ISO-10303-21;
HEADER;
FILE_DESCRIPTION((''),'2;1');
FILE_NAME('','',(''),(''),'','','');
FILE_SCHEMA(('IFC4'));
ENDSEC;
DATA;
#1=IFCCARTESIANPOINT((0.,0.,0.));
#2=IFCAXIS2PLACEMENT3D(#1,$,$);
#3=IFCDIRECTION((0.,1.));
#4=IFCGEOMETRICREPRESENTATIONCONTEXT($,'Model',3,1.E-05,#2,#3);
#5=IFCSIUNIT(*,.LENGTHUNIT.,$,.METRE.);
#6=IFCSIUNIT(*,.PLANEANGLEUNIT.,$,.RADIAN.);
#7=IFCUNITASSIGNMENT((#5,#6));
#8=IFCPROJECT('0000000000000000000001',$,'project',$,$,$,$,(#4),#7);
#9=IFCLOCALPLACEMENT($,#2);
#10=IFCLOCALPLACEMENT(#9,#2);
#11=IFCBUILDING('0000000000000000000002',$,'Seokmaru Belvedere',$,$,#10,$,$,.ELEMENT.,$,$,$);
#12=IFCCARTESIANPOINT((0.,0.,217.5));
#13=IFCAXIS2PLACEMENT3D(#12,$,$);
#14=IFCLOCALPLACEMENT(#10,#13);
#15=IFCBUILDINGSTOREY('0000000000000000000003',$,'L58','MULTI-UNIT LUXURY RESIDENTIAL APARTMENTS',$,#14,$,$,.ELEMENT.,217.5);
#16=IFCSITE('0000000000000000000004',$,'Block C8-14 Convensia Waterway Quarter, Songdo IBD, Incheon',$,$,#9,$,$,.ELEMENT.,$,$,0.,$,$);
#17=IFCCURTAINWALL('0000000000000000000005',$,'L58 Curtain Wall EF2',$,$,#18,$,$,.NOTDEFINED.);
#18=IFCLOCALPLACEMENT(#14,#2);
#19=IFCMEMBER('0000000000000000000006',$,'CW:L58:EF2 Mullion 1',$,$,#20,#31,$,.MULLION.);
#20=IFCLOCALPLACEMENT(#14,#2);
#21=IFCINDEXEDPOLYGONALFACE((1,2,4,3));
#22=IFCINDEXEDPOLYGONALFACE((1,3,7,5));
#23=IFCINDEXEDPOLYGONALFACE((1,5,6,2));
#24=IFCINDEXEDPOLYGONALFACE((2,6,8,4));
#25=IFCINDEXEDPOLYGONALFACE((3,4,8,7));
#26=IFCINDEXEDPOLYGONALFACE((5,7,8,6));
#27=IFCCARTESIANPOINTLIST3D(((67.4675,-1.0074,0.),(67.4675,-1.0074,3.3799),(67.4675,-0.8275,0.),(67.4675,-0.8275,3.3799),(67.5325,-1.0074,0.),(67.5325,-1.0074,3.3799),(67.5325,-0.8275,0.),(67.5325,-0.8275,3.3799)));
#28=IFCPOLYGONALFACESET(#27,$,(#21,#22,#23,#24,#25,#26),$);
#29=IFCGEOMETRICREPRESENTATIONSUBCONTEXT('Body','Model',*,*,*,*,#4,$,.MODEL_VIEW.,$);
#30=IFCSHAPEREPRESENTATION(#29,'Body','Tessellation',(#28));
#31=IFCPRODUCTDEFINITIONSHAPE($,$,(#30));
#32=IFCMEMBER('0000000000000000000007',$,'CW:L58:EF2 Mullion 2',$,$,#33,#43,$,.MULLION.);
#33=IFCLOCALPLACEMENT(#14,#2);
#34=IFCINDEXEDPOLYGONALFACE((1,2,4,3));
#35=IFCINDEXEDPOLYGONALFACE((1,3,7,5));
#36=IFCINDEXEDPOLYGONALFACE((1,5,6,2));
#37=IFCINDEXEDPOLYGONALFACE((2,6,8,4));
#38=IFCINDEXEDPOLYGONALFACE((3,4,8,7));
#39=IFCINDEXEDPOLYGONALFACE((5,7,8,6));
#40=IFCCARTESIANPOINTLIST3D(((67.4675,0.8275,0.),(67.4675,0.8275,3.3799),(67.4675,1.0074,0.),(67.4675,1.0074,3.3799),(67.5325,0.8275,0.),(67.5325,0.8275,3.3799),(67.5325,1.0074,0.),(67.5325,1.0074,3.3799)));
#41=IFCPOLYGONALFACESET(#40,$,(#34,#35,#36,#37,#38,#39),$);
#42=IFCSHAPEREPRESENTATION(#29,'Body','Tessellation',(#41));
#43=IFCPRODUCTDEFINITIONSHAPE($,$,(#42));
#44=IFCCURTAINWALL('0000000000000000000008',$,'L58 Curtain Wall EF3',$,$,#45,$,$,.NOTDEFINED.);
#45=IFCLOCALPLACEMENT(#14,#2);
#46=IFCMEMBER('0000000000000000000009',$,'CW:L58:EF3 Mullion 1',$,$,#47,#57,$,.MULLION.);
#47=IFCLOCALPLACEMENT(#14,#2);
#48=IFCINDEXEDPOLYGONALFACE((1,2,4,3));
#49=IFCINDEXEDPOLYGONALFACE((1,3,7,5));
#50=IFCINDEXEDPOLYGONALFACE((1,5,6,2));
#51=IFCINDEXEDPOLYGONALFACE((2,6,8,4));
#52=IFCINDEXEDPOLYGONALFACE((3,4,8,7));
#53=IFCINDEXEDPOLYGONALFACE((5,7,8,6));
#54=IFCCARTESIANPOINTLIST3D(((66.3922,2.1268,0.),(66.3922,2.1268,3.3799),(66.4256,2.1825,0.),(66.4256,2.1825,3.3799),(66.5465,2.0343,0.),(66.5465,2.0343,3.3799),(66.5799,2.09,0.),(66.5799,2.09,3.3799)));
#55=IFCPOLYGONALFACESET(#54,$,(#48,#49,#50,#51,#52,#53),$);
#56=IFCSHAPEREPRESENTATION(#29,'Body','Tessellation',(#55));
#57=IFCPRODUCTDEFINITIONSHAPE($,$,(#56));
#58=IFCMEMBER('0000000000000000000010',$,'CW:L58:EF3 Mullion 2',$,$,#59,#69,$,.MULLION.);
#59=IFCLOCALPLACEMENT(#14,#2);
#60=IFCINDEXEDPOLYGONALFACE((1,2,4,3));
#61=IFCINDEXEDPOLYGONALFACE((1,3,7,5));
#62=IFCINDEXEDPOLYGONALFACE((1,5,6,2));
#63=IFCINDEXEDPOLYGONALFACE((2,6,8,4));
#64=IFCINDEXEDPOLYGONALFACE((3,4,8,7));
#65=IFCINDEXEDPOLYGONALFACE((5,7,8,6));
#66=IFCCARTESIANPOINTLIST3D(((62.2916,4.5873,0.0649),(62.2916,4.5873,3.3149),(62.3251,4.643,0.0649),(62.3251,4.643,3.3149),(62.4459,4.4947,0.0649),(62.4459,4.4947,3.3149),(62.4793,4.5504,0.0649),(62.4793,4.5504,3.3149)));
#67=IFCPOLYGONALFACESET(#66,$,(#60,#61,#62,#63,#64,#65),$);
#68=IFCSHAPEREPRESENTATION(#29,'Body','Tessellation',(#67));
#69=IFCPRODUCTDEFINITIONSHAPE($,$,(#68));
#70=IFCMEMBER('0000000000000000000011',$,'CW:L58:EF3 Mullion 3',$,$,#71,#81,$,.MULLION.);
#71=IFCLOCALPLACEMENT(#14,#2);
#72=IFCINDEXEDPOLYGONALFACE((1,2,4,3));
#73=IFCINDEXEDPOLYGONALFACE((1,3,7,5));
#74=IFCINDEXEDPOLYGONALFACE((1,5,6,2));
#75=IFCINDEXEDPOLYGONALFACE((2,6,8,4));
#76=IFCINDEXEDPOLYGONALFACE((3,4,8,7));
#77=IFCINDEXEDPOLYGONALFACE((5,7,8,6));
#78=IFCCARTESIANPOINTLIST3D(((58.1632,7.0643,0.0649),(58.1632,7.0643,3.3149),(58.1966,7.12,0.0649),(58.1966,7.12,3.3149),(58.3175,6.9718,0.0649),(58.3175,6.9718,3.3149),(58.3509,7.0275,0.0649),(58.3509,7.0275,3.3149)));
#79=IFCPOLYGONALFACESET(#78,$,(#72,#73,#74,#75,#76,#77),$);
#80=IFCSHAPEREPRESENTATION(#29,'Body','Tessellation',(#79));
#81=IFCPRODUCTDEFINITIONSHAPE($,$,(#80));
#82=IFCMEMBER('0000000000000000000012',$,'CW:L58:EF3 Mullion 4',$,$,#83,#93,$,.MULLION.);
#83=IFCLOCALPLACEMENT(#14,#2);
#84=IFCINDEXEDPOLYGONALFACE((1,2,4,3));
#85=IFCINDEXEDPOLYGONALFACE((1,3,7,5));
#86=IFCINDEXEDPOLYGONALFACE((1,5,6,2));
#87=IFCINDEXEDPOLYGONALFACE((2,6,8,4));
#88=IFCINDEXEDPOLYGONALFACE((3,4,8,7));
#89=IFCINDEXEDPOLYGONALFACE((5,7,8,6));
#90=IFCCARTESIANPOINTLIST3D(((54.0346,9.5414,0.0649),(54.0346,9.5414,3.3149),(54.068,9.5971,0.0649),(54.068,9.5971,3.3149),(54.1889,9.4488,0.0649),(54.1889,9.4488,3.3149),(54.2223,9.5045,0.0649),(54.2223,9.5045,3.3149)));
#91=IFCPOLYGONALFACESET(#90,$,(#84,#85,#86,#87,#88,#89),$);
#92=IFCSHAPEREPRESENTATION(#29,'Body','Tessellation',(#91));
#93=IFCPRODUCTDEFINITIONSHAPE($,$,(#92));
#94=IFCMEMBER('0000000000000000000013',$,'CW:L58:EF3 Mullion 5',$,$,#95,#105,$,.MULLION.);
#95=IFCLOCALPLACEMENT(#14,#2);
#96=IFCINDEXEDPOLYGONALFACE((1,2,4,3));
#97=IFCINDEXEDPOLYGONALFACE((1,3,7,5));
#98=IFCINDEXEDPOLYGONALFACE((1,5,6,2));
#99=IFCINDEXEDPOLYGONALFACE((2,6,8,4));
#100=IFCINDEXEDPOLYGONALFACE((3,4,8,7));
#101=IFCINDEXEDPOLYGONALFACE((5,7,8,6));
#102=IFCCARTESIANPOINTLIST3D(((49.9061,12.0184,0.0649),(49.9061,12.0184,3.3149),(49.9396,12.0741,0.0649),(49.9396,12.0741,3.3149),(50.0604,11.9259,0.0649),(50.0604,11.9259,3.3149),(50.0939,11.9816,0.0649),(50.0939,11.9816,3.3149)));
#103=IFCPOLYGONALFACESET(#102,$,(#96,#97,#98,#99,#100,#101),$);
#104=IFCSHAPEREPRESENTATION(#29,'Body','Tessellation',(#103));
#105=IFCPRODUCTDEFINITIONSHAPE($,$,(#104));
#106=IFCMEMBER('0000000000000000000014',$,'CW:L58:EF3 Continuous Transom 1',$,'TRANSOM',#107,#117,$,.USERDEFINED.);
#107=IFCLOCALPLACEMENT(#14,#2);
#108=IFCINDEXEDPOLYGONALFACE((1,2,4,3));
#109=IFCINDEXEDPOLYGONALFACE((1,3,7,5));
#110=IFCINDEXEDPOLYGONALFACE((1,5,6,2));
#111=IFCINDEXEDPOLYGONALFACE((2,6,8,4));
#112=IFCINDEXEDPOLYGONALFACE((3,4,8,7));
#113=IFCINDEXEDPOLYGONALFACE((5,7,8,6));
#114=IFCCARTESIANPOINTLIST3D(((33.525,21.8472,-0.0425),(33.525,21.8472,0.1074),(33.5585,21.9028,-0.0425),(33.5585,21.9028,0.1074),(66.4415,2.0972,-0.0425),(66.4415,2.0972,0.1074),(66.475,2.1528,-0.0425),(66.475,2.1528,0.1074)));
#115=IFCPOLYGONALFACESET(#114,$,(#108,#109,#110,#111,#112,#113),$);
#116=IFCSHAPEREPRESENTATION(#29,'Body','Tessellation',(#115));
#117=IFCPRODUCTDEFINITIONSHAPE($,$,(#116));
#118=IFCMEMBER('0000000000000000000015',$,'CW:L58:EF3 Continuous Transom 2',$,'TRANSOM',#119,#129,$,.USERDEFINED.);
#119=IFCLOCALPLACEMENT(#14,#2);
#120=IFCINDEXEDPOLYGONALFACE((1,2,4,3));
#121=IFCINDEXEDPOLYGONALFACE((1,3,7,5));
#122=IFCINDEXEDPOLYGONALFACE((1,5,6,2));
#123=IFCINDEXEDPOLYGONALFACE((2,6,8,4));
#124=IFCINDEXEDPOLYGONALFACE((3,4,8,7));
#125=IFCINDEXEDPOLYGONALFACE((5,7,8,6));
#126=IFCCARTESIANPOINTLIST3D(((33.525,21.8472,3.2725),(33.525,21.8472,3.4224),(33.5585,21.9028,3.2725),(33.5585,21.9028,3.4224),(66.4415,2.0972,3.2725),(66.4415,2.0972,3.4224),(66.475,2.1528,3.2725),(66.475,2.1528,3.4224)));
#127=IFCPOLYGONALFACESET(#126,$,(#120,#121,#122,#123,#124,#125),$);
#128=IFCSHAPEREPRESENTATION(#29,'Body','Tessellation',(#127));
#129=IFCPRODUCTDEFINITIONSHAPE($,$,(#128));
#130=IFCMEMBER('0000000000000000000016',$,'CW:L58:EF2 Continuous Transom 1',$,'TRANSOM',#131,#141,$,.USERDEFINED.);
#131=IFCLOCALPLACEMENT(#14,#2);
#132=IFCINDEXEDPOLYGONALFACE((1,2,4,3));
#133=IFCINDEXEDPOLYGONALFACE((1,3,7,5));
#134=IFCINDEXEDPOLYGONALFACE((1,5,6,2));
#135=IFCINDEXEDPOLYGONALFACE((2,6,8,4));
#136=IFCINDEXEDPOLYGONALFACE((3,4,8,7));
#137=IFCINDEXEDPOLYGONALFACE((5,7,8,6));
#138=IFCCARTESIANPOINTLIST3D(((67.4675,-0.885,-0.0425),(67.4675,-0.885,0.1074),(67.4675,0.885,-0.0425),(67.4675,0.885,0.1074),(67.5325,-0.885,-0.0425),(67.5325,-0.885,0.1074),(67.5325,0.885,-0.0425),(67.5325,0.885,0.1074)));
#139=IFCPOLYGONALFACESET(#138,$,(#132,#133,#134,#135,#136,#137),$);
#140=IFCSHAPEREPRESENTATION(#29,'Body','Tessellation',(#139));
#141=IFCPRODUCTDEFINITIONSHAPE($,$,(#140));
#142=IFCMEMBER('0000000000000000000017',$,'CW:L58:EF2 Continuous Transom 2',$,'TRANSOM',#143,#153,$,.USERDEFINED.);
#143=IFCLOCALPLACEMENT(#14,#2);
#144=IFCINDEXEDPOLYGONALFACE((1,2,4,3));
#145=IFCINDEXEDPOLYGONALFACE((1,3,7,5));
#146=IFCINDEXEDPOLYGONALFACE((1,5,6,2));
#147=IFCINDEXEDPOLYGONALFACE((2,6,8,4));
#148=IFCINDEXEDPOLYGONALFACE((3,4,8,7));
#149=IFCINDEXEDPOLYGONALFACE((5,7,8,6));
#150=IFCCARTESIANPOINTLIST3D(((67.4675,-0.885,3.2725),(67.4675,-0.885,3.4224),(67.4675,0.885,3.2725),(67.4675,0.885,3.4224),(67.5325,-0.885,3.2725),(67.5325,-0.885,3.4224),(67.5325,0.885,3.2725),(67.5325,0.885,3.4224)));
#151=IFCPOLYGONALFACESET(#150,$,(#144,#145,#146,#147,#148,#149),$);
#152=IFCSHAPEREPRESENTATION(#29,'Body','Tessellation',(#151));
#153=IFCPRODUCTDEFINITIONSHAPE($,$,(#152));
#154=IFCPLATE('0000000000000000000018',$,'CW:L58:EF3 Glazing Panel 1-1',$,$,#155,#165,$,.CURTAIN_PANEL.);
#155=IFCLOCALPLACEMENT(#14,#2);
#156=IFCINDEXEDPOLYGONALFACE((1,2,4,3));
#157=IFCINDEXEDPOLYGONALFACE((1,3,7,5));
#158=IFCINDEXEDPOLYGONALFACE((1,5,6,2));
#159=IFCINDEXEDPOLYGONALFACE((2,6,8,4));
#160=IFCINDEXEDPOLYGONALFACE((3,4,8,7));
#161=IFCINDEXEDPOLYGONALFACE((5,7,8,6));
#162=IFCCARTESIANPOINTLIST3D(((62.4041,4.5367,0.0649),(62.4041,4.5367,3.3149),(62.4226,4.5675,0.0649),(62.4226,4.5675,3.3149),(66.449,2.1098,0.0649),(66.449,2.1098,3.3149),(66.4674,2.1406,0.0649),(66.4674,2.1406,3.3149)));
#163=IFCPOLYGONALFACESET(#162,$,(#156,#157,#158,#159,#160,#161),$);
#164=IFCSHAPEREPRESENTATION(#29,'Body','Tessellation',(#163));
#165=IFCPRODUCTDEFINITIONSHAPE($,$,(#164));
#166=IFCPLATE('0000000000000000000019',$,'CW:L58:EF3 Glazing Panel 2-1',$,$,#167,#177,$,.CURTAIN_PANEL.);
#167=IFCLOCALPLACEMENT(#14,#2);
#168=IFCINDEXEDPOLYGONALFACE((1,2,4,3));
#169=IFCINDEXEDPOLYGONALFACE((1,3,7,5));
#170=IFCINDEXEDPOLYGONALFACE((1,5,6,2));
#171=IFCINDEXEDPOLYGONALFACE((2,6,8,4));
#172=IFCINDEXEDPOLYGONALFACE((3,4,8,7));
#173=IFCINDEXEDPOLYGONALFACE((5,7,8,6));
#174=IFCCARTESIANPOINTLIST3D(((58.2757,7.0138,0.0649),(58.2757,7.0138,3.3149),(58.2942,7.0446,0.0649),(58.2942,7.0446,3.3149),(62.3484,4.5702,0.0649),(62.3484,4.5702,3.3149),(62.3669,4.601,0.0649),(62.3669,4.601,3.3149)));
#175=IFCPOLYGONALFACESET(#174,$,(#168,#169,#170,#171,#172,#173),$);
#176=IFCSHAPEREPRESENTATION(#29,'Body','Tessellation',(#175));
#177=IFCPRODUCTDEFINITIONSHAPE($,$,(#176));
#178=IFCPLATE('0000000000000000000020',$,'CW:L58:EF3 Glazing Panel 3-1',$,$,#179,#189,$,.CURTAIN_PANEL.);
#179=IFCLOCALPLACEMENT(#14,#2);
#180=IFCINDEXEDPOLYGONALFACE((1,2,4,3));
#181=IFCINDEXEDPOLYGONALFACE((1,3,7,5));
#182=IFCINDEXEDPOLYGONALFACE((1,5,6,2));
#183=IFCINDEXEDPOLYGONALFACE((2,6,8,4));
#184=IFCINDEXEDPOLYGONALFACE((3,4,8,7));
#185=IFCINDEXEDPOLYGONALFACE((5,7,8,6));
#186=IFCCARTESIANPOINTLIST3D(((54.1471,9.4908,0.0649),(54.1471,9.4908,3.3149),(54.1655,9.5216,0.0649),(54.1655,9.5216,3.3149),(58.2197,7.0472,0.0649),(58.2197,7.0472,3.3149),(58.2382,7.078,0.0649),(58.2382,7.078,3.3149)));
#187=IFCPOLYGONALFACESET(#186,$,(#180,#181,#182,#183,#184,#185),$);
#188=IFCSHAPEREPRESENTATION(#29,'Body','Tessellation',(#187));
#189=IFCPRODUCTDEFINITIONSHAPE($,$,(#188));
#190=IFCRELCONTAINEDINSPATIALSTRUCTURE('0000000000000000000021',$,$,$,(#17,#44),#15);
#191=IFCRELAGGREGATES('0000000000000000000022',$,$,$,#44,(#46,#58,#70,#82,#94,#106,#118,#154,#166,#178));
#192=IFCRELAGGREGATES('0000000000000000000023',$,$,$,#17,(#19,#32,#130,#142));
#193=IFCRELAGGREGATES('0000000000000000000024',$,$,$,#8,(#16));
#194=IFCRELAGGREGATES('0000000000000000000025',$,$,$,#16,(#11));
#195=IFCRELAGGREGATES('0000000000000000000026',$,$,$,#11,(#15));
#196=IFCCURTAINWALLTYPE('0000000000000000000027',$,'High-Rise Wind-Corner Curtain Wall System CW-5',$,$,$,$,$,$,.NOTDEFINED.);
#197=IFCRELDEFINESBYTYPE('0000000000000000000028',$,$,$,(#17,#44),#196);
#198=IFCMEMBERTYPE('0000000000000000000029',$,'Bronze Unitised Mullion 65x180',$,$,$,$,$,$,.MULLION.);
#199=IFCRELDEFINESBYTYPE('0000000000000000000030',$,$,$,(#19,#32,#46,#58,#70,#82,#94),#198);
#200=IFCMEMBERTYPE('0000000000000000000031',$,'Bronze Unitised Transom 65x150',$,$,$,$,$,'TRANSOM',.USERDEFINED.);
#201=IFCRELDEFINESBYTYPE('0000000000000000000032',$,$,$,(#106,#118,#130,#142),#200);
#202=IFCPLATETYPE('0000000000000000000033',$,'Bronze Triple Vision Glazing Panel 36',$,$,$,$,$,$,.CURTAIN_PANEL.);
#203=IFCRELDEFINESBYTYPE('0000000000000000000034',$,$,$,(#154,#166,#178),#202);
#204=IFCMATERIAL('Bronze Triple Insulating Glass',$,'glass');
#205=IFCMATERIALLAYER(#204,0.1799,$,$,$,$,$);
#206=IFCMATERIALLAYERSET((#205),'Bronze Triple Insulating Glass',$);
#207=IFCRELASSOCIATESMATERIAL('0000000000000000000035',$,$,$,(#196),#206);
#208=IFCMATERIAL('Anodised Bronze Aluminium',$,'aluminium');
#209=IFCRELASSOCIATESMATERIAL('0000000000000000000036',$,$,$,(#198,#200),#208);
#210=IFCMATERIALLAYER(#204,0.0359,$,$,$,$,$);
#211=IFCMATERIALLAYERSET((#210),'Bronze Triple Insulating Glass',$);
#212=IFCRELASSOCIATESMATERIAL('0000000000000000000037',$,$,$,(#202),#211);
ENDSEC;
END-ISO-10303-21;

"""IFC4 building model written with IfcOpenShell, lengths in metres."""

from ifc_helpers import new_model, si_unit, direction, frame, origin, origin_2d, place, context, subcontext, project, spatial, rectangle, extrude, source, transform, mapped, material, layer, layer_set, material_profile, profile_set, type_object, type_shapes, element, aggregate, save


model = new_model("IFC4")

# Units and contexts
model_context = context("Model", 3, precision=1e-05, world=origin(), true_north=direction((0.0, 1.0)))
body_context = subcontext(model_context, "Body", "Model", "MODEL_VIEW")
ifc_project = project(units=[si_unit("LENGTHUNIT", "METRE"), si_unit("PLANEANGLEUNIT", "RADIAN")], contexts=[model_context])

# Site, building, storey
site_placement = place(None, origin())
site = spatial("IfcSite", under=ifc_project, at=site_placement, Name="Block C8-14 Convensia Waterway Quarter, Songdo IBD, Incheon", CompositionType="ELEMENT", RefElevation=0.0)
building_placement = place(site_placement, origin())
building = spatial("IfcBuilding", under=site, at=building_placement, Name="Seokmaru Belvedere", CompositionType="ELEMENT")
storey_placement = place(building_placement, frame((0.0, 0.0, 217.5)))
storey = spatial("IfcBuildingStorey", under=building, at=storey_placement, Name="L58", Description="MULTI-UNIT LUXURY RESIDENTIAL APARTMENTS", CompositionType="ELEMENT", Elevation=217.5)

# Curtain walls, members
ifc_material_1 = material(Name="Bronze Triple Insulating Glass", Category="glass")
ifc_layer_1 = layer(ifc_material_1, 0.1799)
ifc_layer_set_1 = layer_set([ifc_layer_1], Name="Bronze Triple Insulating Glass")
curtain_wall_type = type_object("IfcCurtainWallType", Name="High-Rise Wind-Corner Curtain Wall System CW-5", PredefinedType="NOTDEFINED", material=ifc_layer_set_1)
curtain_wall_1_placement = place(storey_placement, origin())
curtain_wall_1 = element("IfcCurtainWall", 1, at=curtain_wall_1_placement, inside=storey, type_object=curtain_wall_type, Name="L58 Curtain Wall EF2", PredefinedType="NOTDEFINED")
ifc_material_2 = material(Name="Anodised Bronze Aluminium", Category="aluminium")
ifc_material_profile_1 = material_profile(ifc_material_2, rectangle(XDim=0.0649, YDim=0.1799, at=origin_2d()), Name="CW-M-65x180")
ifc_profile_set_1 = profile_set([ifc_material_profile_1], Name="Anodised Bronze Aluminium")
member_type_1 = type_object("IfcMemberType", Name="Bronze Unitised Mullion 65x180", PredefinedType="MULLION", material=ifc_profile_set_1)
shared_shape_1 = source(origin(), body_context, "Body", "SweptSolid", [
    extrude(rectangle(XDim=0.0649, YDim=0.1799, at=origin_2d()), origin(), (0.0, 0.0, 1.0), 3.3799),
])
member_1_placement = place(storey_placement, frame((67.5, -0.9175, 0.0), z_axis=(0.0, 0.0, 1.0), x_axis=(-1.0, 0.0, 0.0)))
member_1 = element("IfcMember", 2, at=member_1_placement, type_object=member_type_1, Name="CW:L58:EF2 Mullion 1", PredefinedType="MULLION", context=body_context, shape_type="MappedRepresentation", body=[
    mapped(shared_shape_1, transform((0.0, 0.0, 0.0), scale=1.0)),
])
member_2_placement = place(storey_placement, frame((67.5, 0.9175, 0.0), z_axis=(0.0, 0.0, 1.0), x_axis=(-1.0, 0.0, 0.0)))
member_2 = element("IfcMember", 3, at=member_2_placement, type_object=member_type_1, Name="CW:L58:EF2 Mullion 2", PredefinedType="MULLION", context=body_context, shape_type="MappedRepresentation", body=[
    mapped(shared_shape_1, transform((0.0, 0.0, 0.0), scale=1.0)),
])
curtain_wall_2_placement = place(storey_placement, origin())
curtain_wall_2 = element("IfcCurtainWall", 4, at=curtain_wall_2_placement, inside=storey, type_object=curtain_wall_type, Name="L58 Curtain Wall EF3", PredefinedType="NOTDEFINED")
member_3_placement = place(storey_placement, frame((66.4861, 2.1084, 0.0), z_axis=(0.0, 0.0, 1.0), x_axis=(-0.514495, -0.857493, 0.0)))
member_3 = element("IfcMember", 5, at=member_3_placement, type_object=member_type_1, Name="CW:L58:EF3 Mullion 1", PredefinedType="MULLION", context=body_context, shape_type="MappedRepresentation", body=[
    mapped(shared_shape_1, transform((0.0, 0.0, 0.0), scale=1.0)),
])
shared_shape_2 = source(origin(), body_context, "Body", "SweptSolid", [
    extrude(rectangle(XDim=0.0649, YDim=0.1799, at=origin_2d()), origin(), (0.0, 0.0, 1.0), 3.25),
])
type_shapes(member_type_1, [shared_shape_1, shared_shape_2])
member_4_placement = place(storey_placement, frame((62.3855, 4.5688, 0.0649), z_axis=(0.0, 0.0, 1.0), x_axis=(-0.514495, -0.857493, 0.0)))
member_4 = element("IfcMember", 6, at=member_4_placement, type_object=member_type_1, Name="CW:L58:EF3 Mullion 2", PredefinedType="MULLION", context=body_context, shape_type="MappedRepresentation", body=[
    mapped(shared_shape_2, transform((0.0, 0.0, 0.0), scale=1.0)),
])
member_5_placement = place(storey_placement, frame((58.2571, 7.0459, 0.0649), z_axis=(0.0, 0.0, 1.0), x_axis=(-0.514495, -0.857493, 0.0)))
member_5 = element("IfcMember", 7, at=member_5_placement, type_object=member_type_1, Name="CW:L58:EF3 Mullion 3", PredefinedType="MULLION", context=body_context, shape_type="MappedRepresentation", body=[
    mapped(shared_shape_2, transform((0.0, 0.0, 0.0), scale=1.0)),
])
member_6_placement = place(storey_placement, frame((54.1284, 9.5229, 0.0649), z_axis=(0.0, 0.0, 1.0), x_axis=(-0.514495, -0.857493, 0.0)))
member_6 = element("IfcMember", 8, at=member_6_placement, type_object=member_type_1, Name="CW:L58:EF3 Mullion 4", PredefinedType="MULLION", context=body_context, shape_type="MappedRepresentation", body=[
    mapped(shared_shape_2, transform((0.0, 0.0, 0.0), scale=1.0)),
])
member_7_placement = place(storey_placement, frame((50.0, 12.0, 0.0649), z_axis=(0.0, 0.0, 1.0), x_axis=(-0.514495, -0.857493, 0.0)))
member_7 = element("IfcMember", 9, at=member_7_placement, type_object=member_type_1, Name="CW:L58:EF3 Mullion 5", PredefinedType="MULLION", context=body_context, shape_type="MappedRepresentation", body=[
    mapped(shared_shape_2, transform((0.0, 0.0, 0.0), scale=1.0)),
])
ifc_material_profile_2 = material_profile(ifc_material_2, rectangle(XDim=0.0649, YDim=0.1499, at=origin_2d()), Name="CW-T-65x150")
ifc_profile_set_2 = profile_set([ifc_material_profile_2], Name="Anodised Bronze Aluminium")
member_type_2 = type_object("IfcMemberType", Name="Bronze Unitised Transom 65x150", ElementType="TRANSOM", PredefinedType="USERDEFINED", material=ifc_profile_set_2)
shared_shape_3 = source(origin(), body_context, "Body", "SweptSolid", [
    extrude(rectangle(XDim=0.0649, YDim=0.1499, at=origin_2d()), origin(), (0.0, 0.0, 1.0), 38.387),
])
member_8_placement = place(storey_placement, frame((66.4583, 2.125, 0.0325), z_axis=(-0.857492, 0.514498, 0.0), x_axis=(-0.514498, -0.857492, 0.0)))
member_8 = element("IfcMember", 10, at=member_8_placement, type_object=member_type_2, Name="CW:L58:EF3 Continuous Transom 1", ObjectType="TRANSOM", PredefinedType="USERDEFINED", context=body_context, shape_type="MappedRepresentation", body=[
    mapped(shared_shape_3, transform((0.0, 0.0, 0.0), scale=1.0)),
])
member_9_placement = place(storey_placement, frame((66.4583, 2.125, 3.3474), z_axis=(-0.857492, 0.514498, 0.0), x_axis=(-0.514498, -0.857492, 0.0)))
member_9 = element("IfcMember", 11, at=member_9_placement, type_object=member_type_2, Name="CW:L58:EF3 Continuous Transom 2", ObjectType="TRANSOM", PredefinedType="USERDEFINED", context=body_context, shape_type="MappedRepresentation", body=[
    mapped(shared_shape_3, transform((0.0, 0.0, 0.0), scale=1.0)),
])

# Members
shared_shape_4 = source(origin(), body_context, "Body", "SweptSolid", [
    extrude(rectangle(XDim=0.0649, YDim=0.1499, at=origin_2d()), origin(), (0.0, 0.0, 1.0), 1.77),
])
type_shapes(member_type_2, [shared_shape_3, shared_shape_4])
member_10_placement = place(storey_placement, frame((67.5, -0.885, 0.0325), z_axis=(0.0, 1.0, 0.0), x_axis=(-1.0, 0.0, 0.0)))
member_10 = element("IfcMember", 12, at=member_10_placement, type_object=member_type_2, Name="CW:L58:EF2 Continuous Transom 1", ObjectType="TRANSOM", PredefinedType="USERDEFINED", context=body_context, shape_type="MappedRepresentation", body=[
    mapped(shared_shape_4, transform((0.0, 0.0, 0.0), scale=1.0)),
])
member_11_placement = place(storey_placement, frame((67.5, -0.885, 3.3474), z_axis=(0.0, 1.0, 0.0), x_axis=(-1.0, 0.0, 0.0)))
member_11 = element("IfcMember", 13, at=member_11_placement, type_object=member_type_2, Name="CW:L58:EF2 Continuous Transom 2", ObjectType="TRANSOM", PredefinedType="USERDEFINED", context=body_context, shape_type="MappedRepresentation", body=[
    mapped(shared_shape_4, transform((0.0, 0.0, 0.0), scale=1.0)),
])

# Plates
ifc_layer_2 = layer(ifc_material_1, 0.0359)
ifc_layer_set_2 = layer_set([ifc_layer_2], Name="Bronze Triple Insulating Glass")
plate_type = type_object("IfcPlateType", Name="Bronze Triple Vision Glazing Panel 36", PredefinedType="CURTAIN_PANEL", material=ifc_layer_set_2)
shared_shape_5 = source(origin(), body_context, "Body", "SweptSolid", [
    extrude(rectangle(XDim=4.717, YDim=0.0359, at=origin_2d()), origin(), (0.0, 0.0, 1.0), 3.25),
])
plate_1_placement = place(storey_placement, frame((64.4358, 3.3386, 0.0649), z_axis=(0.0, 0.0, 1.0), x_axis=(-0.857493, 0.514495, 0.0)))
plate_1 = element("IfcPlate", 14, at=plate_1_placement, type_object=plate_type, Name="CW:L58:EF3 Glazing Panel 1-1", PredefinedType="CURTAIN_PANEL", context=body_context, shape_type="MappedRepresentation", body=[
    mapped(shared_shape_5, transform((0.0, 0.0, 0.0), scale=1.0)),
])
shared_shape_6 = source(origin(), body_context, "Body", "SweptSolid", [
    extrude(rectangle(XDim=4.7495, YDim=0.0359, at=origin_2d()), origin(), (0.0, 0.0, 1.0), 3.25),
])
plate_2_placement = place(storey_placement, frame((60.3213, 5.8074, 0.0649), z_axis=(0.0, 0.0, 1.0), x_axis=(-0.857493, 0.514495, 0.0)))
plate_2 = element("IfcPlate", 15, at=plate_2_placement, type_object=plate_type, Name="CW:L58:EF3 Glazing Panel 2-1", PredefinedType="CURTAIN_PANEL", context=body_context, shape_type="MappedRepresentation", body=[
    mapped(shared_shape_6, transform((0.0, 0.0, 0.0), scale=1.0)),
])
plate_3_placement = place(storey_placement, frame((56.1926, 8.2844, 0.0649), z_axis=(0.0, 0.0, 1.0), x_axis=(-0.857493, 0.514495, 0.0)))
plate_3 = element("IfcPlate", 16, at=plate_3_placement, type_object=plate_type, Name="CW:L58:EF3 Glazing Panel 3-1", PredefinedType="CURTAIN_PANEL", context=body_context, shape_type="MappedRepresentation", body=[
    mapped(shared_shape_6, transform((0.0, 0.0, 0.0), scale=1.0)),
])
aggregate(curtain_wall_2, [member_3, member_4, member_5, member_6, member_7, member_8, member_9, plate_1, plate_2, plate_3])
aggregate(curtain_wall_1, [member_1, member_2, member_10, member_11])

save(model, "model.ifc")
